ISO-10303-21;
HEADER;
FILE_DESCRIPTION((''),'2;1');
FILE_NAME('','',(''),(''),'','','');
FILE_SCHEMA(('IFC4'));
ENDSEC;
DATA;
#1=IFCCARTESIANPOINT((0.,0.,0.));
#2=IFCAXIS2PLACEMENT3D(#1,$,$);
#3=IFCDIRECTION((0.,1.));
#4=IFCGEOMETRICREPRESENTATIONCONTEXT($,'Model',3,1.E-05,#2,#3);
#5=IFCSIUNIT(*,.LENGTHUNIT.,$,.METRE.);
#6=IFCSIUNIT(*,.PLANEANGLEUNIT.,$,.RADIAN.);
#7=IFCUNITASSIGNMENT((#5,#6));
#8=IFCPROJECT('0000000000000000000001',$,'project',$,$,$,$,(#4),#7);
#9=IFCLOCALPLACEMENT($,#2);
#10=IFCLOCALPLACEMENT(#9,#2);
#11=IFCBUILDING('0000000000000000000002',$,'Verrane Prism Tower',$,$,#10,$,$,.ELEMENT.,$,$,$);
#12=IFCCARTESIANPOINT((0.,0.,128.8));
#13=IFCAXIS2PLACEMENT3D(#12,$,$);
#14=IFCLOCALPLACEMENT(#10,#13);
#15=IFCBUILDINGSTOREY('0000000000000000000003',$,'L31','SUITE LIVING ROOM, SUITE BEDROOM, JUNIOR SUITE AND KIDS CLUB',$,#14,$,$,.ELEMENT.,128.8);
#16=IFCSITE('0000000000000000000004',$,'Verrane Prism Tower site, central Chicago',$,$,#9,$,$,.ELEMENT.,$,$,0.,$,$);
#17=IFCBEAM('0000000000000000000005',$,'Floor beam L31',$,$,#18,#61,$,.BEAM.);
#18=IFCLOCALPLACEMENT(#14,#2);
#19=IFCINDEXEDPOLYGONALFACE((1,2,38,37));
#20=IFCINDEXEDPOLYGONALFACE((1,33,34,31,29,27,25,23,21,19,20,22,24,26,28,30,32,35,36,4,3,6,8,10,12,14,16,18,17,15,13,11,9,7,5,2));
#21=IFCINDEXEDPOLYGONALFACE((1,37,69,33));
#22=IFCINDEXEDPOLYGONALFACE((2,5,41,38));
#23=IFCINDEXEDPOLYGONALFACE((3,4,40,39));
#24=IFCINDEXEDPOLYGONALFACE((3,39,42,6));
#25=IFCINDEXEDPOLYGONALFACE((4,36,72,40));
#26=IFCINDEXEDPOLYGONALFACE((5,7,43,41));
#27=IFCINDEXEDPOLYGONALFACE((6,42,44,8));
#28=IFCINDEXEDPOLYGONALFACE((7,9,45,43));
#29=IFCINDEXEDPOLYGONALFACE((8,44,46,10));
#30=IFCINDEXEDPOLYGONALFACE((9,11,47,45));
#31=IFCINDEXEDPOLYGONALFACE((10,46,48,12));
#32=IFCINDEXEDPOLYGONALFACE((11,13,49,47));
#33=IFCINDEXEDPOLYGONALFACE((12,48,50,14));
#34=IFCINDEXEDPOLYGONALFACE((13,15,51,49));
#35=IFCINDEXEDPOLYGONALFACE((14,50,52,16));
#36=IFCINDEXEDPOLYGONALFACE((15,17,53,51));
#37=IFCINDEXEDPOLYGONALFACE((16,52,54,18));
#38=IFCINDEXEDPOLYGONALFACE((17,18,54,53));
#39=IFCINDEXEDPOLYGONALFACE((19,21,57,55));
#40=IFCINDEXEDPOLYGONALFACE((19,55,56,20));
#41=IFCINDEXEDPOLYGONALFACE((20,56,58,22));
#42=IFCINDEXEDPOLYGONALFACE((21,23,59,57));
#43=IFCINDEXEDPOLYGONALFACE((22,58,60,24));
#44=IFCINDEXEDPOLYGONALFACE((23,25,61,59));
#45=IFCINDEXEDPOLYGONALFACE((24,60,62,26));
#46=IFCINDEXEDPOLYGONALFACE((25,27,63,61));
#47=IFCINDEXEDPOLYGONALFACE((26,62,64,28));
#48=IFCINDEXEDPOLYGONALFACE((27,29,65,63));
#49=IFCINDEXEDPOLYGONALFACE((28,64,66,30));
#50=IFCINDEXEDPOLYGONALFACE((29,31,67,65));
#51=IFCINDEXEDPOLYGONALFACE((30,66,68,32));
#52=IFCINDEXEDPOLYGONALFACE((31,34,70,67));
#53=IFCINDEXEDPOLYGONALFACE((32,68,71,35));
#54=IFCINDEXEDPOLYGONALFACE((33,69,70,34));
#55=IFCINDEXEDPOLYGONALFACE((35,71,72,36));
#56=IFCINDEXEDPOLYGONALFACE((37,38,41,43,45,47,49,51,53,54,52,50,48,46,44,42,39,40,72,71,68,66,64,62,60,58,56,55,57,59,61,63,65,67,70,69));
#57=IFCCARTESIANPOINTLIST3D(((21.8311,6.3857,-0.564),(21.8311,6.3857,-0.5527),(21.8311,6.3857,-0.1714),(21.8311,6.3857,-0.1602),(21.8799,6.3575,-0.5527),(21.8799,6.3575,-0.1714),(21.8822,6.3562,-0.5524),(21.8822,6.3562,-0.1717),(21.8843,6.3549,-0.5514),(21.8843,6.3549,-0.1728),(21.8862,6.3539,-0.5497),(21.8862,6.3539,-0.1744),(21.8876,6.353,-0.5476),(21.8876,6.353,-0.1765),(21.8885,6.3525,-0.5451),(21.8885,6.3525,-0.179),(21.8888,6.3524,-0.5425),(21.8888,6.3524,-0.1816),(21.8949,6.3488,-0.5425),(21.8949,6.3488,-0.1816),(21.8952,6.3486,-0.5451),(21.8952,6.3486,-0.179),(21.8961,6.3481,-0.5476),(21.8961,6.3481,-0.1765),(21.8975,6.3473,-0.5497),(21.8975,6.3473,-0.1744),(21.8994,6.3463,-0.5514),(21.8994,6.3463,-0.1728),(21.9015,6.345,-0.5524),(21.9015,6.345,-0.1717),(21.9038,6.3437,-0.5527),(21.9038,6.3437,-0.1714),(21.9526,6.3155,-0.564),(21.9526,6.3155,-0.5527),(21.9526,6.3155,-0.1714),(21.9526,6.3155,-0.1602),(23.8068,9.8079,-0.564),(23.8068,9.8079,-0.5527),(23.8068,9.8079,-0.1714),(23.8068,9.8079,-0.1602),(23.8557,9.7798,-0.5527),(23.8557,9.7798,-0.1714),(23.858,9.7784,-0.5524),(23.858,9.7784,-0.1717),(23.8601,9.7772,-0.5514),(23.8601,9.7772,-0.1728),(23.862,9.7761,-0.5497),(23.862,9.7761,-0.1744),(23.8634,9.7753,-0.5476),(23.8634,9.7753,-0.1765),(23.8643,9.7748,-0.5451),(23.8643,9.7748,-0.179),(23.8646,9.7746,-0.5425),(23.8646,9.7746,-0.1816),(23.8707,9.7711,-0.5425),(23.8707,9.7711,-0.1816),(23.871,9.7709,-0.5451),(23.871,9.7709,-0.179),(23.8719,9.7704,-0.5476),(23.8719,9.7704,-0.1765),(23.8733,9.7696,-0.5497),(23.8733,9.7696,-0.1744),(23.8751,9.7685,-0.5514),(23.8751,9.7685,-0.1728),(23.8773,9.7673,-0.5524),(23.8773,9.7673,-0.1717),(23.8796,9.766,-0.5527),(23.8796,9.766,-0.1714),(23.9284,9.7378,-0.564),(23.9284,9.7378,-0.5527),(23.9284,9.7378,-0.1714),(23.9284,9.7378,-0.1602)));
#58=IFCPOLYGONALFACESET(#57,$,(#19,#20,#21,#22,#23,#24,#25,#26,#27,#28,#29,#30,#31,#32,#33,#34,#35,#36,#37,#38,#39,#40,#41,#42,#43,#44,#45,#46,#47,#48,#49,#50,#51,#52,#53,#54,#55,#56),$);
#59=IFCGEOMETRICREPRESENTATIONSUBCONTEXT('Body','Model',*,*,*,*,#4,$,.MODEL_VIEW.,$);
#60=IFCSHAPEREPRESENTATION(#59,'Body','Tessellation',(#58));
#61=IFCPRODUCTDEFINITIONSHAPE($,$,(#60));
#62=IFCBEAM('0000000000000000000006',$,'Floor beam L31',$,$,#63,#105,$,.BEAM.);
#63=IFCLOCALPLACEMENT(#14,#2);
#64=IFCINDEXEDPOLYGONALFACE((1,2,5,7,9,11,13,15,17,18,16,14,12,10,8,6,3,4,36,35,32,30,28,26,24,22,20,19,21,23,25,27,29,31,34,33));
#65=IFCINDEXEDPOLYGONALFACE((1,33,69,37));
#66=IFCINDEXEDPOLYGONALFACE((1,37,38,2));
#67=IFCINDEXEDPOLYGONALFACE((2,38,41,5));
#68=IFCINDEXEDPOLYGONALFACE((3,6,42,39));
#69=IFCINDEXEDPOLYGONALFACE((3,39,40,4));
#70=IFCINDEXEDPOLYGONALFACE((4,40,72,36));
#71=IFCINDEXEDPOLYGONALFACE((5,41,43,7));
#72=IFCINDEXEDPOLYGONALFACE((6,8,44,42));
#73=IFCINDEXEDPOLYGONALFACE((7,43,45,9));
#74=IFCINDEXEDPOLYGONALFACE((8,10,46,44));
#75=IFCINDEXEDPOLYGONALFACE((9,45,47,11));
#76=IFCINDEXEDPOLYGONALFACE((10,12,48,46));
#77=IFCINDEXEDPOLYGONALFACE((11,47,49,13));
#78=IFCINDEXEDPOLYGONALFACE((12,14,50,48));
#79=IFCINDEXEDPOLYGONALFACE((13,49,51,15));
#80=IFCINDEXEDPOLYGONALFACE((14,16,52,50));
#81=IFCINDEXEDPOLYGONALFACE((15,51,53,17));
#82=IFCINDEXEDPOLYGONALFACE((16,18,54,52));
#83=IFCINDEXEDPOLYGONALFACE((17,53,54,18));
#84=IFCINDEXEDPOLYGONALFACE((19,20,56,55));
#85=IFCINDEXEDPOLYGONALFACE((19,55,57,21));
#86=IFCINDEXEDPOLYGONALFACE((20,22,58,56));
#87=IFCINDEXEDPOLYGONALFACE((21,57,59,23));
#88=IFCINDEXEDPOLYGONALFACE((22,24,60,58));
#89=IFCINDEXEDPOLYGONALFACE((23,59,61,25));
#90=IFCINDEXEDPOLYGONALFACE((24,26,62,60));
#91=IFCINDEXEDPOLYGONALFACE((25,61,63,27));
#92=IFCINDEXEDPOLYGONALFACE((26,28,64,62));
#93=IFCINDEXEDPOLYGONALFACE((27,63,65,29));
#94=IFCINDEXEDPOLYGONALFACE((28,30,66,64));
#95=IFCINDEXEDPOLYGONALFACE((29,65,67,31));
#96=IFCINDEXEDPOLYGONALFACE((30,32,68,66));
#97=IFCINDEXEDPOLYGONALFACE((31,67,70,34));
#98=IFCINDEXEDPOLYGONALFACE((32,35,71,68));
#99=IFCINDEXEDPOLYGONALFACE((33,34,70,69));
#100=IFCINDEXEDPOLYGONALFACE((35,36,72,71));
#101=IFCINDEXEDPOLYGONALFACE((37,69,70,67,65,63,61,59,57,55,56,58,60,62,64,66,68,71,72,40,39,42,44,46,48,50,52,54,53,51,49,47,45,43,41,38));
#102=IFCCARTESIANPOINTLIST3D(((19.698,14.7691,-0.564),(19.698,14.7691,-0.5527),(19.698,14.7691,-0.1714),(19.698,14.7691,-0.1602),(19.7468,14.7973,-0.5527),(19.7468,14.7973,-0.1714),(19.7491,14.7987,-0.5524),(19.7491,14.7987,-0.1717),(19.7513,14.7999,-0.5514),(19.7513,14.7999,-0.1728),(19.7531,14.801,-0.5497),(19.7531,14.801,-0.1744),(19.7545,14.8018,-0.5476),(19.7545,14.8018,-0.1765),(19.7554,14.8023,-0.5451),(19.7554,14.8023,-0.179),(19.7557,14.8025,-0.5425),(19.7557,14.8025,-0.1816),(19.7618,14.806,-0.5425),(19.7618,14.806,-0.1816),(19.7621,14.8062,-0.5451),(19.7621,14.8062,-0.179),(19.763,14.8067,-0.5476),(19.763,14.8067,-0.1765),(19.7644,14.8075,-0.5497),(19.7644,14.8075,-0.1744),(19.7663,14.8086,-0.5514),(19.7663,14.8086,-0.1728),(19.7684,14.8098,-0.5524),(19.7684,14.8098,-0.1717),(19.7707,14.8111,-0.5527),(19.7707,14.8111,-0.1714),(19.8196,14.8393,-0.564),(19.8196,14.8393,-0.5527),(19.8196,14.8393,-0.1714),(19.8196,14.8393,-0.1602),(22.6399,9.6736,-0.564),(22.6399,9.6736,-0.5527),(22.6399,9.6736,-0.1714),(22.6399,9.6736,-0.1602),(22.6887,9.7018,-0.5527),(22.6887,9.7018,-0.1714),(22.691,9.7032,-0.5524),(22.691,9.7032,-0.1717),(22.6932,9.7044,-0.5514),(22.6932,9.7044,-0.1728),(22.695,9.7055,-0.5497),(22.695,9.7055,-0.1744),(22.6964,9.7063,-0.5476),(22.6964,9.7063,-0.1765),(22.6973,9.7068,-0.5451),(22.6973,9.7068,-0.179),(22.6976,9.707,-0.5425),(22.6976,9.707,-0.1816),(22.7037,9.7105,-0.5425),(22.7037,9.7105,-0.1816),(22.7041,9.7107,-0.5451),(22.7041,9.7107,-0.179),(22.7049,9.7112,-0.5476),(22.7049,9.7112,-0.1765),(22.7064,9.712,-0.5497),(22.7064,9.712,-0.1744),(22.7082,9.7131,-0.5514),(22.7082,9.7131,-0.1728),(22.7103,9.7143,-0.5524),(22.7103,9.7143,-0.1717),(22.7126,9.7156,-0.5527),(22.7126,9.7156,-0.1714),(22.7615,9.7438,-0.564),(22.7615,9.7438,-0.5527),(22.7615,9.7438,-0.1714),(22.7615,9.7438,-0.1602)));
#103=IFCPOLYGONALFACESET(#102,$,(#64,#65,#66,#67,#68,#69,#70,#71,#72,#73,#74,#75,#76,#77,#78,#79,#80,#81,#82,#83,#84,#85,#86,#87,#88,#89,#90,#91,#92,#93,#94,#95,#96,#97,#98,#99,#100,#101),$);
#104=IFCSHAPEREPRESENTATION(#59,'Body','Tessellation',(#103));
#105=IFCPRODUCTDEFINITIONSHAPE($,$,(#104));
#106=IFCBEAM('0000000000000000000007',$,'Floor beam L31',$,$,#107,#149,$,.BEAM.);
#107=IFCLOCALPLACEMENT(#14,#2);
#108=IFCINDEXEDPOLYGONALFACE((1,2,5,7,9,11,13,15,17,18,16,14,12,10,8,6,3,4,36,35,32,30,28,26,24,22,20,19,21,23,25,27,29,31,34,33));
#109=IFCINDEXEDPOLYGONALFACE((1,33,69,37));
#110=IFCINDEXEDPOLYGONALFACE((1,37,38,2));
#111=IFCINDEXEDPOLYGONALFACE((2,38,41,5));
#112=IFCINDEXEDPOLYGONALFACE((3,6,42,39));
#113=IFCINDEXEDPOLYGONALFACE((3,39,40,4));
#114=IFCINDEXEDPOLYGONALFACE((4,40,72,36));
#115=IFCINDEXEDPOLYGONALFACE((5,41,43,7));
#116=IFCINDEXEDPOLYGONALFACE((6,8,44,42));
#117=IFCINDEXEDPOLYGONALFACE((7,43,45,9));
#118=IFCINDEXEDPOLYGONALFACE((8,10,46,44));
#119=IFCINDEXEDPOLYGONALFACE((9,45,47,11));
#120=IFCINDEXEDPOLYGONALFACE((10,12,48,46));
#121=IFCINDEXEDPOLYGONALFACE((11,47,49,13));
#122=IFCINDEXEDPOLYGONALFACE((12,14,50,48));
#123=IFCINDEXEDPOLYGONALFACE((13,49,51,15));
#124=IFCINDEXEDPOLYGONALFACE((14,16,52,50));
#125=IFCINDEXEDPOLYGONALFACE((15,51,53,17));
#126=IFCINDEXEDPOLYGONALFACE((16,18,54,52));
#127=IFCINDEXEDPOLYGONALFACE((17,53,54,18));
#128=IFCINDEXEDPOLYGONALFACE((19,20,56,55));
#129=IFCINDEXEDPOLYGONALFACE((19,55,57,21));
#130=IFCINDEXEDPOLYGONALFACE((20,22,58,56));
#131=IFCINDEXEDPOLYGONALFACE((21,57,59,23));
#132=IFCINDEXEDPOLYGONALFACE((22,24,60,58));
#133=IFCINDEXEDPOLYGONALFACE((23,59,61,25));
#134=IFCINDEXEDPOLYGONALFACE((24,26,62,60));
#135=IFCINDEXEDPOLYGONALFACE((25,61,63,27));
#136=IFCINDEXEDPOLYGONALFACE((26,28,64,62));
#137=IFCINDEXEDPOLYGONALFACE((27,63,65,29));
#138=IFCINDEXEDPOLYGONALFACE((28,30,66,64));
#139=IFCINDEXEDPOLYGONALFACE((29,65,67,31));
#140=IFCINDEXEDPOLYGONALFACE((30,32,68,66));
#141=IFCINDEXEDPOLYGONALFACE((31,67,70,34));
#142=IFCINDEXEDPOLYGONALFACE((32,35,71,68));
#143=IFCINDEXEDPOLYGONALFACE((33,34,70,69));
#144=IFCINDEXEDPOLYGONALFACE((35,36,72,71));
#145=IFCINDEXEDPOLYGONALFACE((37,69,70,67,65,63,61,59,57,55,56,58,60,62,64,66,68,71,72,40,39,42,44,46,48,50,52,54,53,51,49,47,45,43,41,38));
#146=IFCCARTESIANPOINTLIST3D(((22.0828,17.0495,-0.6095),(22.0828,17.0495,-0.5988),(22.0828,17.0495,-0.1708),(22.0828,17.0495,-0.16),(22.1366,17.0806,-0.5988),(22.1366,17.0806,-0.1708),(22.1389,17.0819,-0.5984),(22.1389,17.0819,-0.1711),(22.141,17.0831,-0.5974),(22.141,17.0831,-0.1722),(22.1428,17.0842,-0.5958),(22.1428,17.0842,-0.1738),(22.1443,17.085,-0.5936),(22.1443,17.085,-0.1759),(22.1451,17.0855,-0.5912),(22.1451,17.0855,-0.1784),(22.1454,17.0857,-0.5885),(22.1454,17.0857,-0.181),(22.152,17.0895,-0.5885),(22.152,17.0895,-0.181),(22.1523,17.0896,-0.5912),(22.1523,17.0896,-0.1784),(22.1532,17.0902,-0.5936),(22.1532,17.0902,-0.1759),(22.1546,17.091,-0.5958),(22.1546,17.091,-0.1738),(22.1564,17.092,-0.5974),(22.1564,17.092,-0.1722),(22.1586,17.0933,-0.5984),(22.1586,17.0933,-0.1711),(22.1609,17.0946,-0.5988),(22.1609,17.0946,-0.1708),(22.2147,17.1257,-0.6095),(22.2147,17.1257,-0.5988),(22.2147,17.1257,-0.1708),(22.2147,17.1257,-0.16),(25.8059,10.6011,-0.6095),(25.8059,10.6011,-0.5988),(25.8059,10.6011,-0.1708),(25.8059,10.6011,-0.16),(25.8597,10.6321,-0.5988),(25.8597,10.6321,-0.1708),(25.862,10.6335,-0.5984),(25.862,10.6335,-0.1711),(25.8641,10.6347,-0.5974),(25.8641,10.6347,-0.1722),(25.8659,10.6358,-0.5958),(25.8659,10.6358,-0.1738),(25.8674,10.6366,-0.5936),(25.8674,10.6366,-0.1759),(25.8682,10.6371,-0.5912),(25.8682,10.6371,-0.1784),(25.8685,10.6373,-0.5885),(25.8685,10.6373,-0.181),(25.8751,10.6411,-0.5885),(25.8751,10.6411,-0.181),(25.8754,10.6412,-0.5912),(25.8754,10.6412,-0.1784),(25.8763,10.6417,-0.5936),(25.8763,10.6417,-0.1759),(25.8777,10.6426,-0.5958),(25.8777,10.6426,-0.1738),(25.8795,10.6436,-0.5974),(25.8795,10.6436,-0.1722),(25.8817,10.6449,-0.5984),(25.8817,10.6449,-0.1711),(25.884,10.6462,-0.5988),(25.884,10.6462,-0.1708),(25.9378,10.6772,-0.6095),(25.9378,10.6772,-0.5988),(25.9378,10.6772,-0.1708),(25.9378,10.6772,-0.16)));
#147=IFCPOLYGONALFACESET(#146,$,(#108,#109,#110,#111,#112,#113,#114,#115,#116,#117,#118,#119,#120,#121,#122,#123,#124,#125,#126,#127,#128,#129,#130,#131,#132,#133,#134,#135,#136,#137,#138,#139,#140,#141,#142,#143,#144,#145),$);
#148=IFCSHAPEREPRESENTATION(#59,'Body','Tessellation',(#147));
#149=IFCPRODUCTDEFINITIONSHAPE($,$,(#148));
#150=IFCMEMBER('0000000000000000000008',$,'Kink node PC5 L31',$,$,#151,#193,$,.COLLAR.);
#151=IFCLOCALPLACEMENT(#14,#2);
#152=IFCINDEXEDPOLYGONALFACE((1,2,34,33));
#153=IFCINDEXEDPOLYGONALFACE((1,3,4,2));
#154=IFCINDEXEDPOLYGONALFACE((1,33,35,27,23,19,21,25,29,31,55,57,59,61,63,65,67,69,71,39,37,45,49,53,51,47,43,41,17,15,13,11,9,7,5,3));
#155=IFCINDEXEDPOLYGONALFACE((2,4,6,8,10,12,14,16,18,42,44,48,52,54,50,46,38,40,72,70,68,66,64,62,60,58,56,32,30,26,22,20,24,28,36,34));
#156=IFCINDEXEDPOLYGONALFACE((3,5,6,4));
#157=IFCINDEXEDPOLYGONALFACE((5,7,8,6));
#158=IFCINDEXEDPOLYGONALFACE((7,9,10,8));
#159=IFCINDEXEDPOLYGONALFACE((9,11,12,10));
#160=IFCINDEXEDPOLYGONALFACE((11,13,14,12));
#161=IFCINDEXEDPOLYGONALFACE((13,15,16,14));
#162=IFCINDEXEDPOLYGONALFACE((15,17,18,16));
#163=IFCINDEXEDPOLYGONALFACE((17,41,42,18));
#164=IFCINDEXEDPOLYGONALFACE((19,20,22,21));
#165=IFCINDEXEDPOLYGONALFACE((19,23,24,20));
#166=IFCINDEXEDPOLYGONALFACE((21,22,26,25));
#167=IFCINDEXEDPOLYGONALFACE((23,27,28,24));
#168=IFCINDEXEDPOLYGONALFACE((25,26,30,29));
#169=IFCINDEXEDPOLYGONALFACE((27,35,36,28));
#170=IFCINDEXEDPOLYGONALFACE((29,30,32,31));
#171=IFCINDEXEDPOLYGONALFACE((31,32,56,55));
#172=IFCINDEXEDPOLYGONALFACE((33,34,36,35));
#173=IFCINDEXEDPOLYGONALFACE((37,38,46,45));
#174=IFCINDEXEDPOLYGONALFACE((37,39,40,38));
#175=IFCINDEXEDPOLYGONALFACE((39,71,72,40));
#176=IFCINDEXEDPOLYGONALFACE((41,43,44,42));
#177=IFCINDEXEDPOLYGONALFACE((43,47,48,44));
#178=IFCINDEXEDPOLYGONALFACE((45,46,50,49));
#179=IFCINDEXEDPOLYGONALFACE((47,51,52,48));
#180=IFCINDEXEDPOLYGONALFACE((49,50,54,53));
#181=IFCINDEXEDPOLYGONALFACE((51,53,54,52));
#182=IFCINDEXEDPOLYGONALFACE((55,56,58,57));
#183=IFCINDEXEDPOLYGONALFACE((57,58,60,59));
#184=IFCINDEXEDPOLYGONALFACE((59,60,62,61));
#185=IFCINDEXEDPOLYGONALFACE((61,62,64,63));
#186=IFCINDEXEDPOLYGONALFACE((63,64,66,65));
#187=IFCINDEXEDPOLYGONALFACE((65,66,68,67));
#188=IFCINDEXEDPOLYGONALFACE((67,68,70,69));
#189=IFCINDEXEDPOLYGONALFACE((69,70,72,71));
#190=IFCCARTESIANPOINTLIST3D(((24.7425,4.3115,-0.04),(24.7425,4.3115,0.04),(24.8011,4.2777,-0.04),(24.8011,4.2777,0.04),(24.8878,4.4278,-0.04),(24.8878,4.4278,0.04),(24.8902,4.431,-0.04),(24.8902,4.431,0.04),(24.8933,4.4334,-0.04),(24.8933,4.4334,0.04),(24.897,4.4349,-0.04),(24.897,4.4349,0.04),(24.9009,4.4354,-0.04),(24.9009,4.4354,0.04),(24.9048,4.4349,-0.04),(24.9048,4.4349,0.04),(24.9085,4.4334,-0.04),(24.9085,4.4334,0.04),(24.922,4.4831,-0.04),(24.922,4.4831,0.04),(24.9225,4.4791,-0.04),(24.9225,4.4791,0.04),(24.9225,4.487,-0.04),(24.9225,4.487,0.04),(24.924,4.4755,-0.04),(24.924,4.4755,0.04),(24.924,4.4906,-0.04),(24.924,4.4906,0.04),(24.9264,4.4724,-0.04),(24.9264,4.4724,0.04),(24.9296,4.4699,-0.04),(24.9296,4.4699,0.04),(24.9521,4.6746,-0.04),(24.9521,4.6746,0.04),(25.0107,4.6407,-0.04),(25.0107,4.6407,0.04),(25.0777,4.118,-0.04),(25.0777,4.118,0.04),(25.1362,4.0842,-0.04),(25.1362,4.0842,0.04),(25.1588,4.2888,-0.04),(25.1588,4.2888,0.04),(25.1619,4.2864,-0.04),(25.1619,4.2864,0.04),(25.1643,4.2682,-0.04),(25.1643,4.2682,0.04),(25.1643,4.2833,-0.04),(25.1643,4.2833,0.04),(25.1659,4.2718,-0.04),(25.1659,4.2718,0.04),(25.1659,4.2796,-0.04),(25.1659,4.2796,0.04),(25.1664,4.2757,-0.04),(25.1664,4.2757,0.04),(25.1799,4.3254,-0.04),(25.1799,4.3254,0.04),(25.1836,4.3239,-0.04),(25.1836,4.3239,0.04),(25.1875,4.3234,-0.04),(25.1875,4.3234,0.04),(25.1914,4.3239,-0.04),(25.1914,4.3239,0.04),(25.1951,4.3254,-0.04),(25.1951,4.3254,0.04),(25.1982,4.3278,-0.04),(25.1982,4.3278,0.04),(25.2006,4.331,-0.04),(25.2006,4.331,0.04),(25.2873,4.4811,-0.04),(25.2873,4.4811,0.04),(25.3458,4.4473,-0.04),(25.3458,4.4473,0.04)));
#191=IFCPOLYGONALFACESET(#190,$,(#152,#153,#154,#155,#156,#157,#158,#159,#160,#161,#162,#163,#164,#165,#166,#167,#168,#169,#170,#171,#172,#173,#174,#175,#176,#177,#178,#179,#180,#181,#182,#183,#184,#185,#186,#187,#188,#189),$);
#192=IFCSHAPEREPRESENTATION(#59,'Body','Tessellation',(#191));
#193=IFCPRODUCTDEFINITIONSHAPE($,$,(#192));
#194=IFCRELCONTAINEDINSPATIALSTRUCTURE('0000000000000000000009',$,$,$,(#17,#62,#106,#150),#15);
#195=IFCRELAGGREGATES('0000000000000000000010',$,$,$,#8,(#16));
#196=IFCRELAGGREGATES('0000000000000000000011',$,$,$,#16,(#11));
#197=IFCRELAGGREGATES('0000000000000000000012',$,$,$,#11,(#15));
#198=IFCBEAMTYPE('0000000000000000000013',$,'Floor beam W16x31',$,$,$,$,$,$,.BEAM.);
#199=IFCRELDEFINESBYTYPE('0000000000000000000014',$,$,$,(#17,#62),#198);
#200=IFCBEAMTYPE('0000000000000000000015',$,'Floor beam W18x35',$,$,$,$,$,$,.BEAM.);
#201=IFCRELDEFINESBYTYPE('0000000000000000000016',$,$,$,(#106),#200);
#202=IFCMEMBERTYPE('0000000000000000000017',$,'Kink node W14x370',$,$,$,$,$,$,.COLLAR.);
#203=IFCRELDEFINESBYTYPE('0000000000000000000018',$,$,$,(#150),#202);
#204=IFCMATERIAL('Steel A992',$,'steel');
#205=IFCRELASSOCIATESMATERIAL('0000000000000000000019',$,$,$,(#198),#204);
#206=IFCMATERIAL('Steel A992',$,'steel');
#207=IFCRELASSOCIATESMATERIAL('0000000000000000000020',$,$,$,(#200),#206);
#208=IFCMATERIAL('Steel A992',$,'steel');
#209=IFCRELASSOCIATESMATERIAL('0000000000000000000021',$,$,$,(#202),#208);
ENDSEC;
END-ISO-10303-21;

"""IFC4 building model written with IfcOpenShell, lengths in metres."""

from ifc_helpers import new_model, si_unit, direction, frame, origin, origin_2d, place, context, subcontext, project, spatial, i_section, extrude, material, material_profile, profile_set, type_object, element, save


model = new_model("IFC4")

# Units and contexts
model_context = context("Model", 3, precision=1e-05, world=origin(), true_north=direction((0.0, 1.0)))
body_context = subcontext(model_context, "Body", "Model", "MODEL_VIEW")
ifc_project = project(units=[si_unit("LENGTHUNIT", "METRE"), si_unit("PLANEANGLEUNIT", "RADIAN")], contexts=[model_context])

# Site, building, storey
site_placement = place(None, origin())
site = spatial("IfcSite", under=ifc_project, at=site_placement, Name="Verrane Prism Tower site, central Chicago", CompositionType="ELEMENT", RefElevation=0.0)
building_placement = place(site_placement, origin())
building = spatial("IfcBuilding", under=site, at=building_placement, Name="Verrane Prism Tower", CompositionType="ELEMENT")
storey_placement = place(building_placement, frame((0.0, 0.0, 128.8)))
storey = spatial("IfcBuildingStorey", under=building, at=storey_placement, Name="L31", Description="SUITE LIVING ROOM, SUITE BEDROOM, JUNIOR SUITE AND KIDS CLUB", CompositionType="ELEMENT", Elevation=128.8)

# Beams
ifc_material_1 = material(Name="Steel A992", Category="steel")
ifc_material_profile_1 = material_profile(ifc_material_1, i_section(OverallWidth=0.1404, OverallDepth=0.4038, WebThickness=0.0071, FlangeThickness=0.0112, FilletRadius=0.0103, at=origin_2d()), Name="W16x31")
ifc_profile_set_1 = profile_set([ifc_material_profile_1], Name="Steel A992")
beam_type_1 = type_object("IfcBeamType", Name="Floor beam W16x31", PredefinedType="BEAM", material=ifc_profile_set_1)
beam_1_placement = place(storey_placement, frame((21.8918, 6.3506, -0.3621), z_axis=(0.499986, 0.866033, 0.0), x_axis=(-0.866033, 0.499986, 0.0)))
element("IfcBeam", 1, at=beam_1_placement, inside=storey, type_object=beam_type_1, Name="Floor beam L31", PredefinedType="BEAM", context=body_context, shape_type="SweptSolid", body=[
    extrude(i_section(OverallWidth=0.1404, OverallDepth=0.4038, WebThickness=0.0071, FlangeThickness=0.0112, FilletRadius=0.0103, at=origin_2d()), origin(), (0.0, 0.0, 1.0), 3.9517),
])
beam_2_placement = place(storey_placement, frame((22.7007, 9.7087, -0.3621), z_axis=(-0.500004, 0.866023, 0.0), x_axis=(-0.866023, -0.500004, 0.0)))
element("IfcBeam", 2, at=beam_2_placement, inside=storey, type_object=beam_type_1, Name="Floor beam L31", PredefinedType="BEAM", context=body_context, shape_type="SweptSolid", body=[
    extrude(i_section(OverallWidth=0.1404, OverallDepth=0.4038, WebThickness=0.0071, FlangeThickness=0.0112, FilletRadius=0.0103, at=origin_2d()), origin(), (0.0, 0.0, 1.0), 5.8838),
])
ifc_material_2 = material(Name="Steel A992", Category="steel")
ifc_material_profile_2 = material_profile(ifc_material_2, i_section(OverallWidth=0.1523, OverallDepth=0.4495, WebThickness=0.0076, FlangeThickness=0.0107, FilletRadius=0.0103, at=origin_2d()), Name="W18x35")
ifc_profile_set_2 = profile_set([ifc_material_profile_2], Name="Steel A992")
beam_type_2 = type_object("IfcBeamType", Name="Floor beam W18x35", PredefinedType="BEAM", material=ifc_profile_set_2)
beam_3_placement = place(storey_placement, frame((25.8718, 10.6392, -0.3848), z_axis=(-0.500011, 0.866019, 0.0), x_axis=(-0.866019, -0.500011, 0.0)))
element("IfcBeam", 3, at=beam_3_placement, inside=storey, type_object=beam_type_2, Name="Floor beam L31", PredefinedType="BEAM", context=body_context, shape_type="SweptSolid", body=[
    extrude(i_section(OverallWidth=0.1523, OverallDepth=0.4495, WebThickness=0.0076, FlangeThickness=0.0107, FilletRadius=0.0103, at=origin_2d()), origin(), (0.0, 0.0, 1.0), 7.446),
])

# Member
ifc_material_3 = material(Name="Steel A992", Category="steel")
ifc_material_profile_3 = material_profile(ifc_material_3, i_section(OverallWidth=0.4192, OverallDepth=0.4546, WebThickness=0.0422, FlangeThickness=0.0676, FilletRadius=0.0151, at=origin_2d()), Name="W14x370")
ifc_profile_set_3 = profile_set([ifc_material_profile_3], Name="Steel A992")
member_type_1 = type_object("IfcMemberType", Name="Kink node W14x370", PredefinedType="COLLAR", material=ifc_profile_set_3)
member_1_placement = place(storey_placement, frame((25.0442, 4.3794, -0.04), z_axis=(0.0, 0.0, 1.0), x_axis=(-0.5, -0.866025, 0.0)))
element("IfcMember", 4, at=member_1_placement, inside=storey, type_object=member_type_1, Name="Kink node PC5 L31", PredefinedType="COLLAR", context=body_context, shape_type="SweptSolid", body=[
    extrude(i_section(OverallWidth=0.4192, OverallDepth=0.4546, WebThickness=0.0422, FlangeThickness=0.0676, FilletRadius=0.0151, at=origin_2d()), origin(), (0.0, 0.0, 1.0), 0.0801),
])

save(model, "model.ifc")
